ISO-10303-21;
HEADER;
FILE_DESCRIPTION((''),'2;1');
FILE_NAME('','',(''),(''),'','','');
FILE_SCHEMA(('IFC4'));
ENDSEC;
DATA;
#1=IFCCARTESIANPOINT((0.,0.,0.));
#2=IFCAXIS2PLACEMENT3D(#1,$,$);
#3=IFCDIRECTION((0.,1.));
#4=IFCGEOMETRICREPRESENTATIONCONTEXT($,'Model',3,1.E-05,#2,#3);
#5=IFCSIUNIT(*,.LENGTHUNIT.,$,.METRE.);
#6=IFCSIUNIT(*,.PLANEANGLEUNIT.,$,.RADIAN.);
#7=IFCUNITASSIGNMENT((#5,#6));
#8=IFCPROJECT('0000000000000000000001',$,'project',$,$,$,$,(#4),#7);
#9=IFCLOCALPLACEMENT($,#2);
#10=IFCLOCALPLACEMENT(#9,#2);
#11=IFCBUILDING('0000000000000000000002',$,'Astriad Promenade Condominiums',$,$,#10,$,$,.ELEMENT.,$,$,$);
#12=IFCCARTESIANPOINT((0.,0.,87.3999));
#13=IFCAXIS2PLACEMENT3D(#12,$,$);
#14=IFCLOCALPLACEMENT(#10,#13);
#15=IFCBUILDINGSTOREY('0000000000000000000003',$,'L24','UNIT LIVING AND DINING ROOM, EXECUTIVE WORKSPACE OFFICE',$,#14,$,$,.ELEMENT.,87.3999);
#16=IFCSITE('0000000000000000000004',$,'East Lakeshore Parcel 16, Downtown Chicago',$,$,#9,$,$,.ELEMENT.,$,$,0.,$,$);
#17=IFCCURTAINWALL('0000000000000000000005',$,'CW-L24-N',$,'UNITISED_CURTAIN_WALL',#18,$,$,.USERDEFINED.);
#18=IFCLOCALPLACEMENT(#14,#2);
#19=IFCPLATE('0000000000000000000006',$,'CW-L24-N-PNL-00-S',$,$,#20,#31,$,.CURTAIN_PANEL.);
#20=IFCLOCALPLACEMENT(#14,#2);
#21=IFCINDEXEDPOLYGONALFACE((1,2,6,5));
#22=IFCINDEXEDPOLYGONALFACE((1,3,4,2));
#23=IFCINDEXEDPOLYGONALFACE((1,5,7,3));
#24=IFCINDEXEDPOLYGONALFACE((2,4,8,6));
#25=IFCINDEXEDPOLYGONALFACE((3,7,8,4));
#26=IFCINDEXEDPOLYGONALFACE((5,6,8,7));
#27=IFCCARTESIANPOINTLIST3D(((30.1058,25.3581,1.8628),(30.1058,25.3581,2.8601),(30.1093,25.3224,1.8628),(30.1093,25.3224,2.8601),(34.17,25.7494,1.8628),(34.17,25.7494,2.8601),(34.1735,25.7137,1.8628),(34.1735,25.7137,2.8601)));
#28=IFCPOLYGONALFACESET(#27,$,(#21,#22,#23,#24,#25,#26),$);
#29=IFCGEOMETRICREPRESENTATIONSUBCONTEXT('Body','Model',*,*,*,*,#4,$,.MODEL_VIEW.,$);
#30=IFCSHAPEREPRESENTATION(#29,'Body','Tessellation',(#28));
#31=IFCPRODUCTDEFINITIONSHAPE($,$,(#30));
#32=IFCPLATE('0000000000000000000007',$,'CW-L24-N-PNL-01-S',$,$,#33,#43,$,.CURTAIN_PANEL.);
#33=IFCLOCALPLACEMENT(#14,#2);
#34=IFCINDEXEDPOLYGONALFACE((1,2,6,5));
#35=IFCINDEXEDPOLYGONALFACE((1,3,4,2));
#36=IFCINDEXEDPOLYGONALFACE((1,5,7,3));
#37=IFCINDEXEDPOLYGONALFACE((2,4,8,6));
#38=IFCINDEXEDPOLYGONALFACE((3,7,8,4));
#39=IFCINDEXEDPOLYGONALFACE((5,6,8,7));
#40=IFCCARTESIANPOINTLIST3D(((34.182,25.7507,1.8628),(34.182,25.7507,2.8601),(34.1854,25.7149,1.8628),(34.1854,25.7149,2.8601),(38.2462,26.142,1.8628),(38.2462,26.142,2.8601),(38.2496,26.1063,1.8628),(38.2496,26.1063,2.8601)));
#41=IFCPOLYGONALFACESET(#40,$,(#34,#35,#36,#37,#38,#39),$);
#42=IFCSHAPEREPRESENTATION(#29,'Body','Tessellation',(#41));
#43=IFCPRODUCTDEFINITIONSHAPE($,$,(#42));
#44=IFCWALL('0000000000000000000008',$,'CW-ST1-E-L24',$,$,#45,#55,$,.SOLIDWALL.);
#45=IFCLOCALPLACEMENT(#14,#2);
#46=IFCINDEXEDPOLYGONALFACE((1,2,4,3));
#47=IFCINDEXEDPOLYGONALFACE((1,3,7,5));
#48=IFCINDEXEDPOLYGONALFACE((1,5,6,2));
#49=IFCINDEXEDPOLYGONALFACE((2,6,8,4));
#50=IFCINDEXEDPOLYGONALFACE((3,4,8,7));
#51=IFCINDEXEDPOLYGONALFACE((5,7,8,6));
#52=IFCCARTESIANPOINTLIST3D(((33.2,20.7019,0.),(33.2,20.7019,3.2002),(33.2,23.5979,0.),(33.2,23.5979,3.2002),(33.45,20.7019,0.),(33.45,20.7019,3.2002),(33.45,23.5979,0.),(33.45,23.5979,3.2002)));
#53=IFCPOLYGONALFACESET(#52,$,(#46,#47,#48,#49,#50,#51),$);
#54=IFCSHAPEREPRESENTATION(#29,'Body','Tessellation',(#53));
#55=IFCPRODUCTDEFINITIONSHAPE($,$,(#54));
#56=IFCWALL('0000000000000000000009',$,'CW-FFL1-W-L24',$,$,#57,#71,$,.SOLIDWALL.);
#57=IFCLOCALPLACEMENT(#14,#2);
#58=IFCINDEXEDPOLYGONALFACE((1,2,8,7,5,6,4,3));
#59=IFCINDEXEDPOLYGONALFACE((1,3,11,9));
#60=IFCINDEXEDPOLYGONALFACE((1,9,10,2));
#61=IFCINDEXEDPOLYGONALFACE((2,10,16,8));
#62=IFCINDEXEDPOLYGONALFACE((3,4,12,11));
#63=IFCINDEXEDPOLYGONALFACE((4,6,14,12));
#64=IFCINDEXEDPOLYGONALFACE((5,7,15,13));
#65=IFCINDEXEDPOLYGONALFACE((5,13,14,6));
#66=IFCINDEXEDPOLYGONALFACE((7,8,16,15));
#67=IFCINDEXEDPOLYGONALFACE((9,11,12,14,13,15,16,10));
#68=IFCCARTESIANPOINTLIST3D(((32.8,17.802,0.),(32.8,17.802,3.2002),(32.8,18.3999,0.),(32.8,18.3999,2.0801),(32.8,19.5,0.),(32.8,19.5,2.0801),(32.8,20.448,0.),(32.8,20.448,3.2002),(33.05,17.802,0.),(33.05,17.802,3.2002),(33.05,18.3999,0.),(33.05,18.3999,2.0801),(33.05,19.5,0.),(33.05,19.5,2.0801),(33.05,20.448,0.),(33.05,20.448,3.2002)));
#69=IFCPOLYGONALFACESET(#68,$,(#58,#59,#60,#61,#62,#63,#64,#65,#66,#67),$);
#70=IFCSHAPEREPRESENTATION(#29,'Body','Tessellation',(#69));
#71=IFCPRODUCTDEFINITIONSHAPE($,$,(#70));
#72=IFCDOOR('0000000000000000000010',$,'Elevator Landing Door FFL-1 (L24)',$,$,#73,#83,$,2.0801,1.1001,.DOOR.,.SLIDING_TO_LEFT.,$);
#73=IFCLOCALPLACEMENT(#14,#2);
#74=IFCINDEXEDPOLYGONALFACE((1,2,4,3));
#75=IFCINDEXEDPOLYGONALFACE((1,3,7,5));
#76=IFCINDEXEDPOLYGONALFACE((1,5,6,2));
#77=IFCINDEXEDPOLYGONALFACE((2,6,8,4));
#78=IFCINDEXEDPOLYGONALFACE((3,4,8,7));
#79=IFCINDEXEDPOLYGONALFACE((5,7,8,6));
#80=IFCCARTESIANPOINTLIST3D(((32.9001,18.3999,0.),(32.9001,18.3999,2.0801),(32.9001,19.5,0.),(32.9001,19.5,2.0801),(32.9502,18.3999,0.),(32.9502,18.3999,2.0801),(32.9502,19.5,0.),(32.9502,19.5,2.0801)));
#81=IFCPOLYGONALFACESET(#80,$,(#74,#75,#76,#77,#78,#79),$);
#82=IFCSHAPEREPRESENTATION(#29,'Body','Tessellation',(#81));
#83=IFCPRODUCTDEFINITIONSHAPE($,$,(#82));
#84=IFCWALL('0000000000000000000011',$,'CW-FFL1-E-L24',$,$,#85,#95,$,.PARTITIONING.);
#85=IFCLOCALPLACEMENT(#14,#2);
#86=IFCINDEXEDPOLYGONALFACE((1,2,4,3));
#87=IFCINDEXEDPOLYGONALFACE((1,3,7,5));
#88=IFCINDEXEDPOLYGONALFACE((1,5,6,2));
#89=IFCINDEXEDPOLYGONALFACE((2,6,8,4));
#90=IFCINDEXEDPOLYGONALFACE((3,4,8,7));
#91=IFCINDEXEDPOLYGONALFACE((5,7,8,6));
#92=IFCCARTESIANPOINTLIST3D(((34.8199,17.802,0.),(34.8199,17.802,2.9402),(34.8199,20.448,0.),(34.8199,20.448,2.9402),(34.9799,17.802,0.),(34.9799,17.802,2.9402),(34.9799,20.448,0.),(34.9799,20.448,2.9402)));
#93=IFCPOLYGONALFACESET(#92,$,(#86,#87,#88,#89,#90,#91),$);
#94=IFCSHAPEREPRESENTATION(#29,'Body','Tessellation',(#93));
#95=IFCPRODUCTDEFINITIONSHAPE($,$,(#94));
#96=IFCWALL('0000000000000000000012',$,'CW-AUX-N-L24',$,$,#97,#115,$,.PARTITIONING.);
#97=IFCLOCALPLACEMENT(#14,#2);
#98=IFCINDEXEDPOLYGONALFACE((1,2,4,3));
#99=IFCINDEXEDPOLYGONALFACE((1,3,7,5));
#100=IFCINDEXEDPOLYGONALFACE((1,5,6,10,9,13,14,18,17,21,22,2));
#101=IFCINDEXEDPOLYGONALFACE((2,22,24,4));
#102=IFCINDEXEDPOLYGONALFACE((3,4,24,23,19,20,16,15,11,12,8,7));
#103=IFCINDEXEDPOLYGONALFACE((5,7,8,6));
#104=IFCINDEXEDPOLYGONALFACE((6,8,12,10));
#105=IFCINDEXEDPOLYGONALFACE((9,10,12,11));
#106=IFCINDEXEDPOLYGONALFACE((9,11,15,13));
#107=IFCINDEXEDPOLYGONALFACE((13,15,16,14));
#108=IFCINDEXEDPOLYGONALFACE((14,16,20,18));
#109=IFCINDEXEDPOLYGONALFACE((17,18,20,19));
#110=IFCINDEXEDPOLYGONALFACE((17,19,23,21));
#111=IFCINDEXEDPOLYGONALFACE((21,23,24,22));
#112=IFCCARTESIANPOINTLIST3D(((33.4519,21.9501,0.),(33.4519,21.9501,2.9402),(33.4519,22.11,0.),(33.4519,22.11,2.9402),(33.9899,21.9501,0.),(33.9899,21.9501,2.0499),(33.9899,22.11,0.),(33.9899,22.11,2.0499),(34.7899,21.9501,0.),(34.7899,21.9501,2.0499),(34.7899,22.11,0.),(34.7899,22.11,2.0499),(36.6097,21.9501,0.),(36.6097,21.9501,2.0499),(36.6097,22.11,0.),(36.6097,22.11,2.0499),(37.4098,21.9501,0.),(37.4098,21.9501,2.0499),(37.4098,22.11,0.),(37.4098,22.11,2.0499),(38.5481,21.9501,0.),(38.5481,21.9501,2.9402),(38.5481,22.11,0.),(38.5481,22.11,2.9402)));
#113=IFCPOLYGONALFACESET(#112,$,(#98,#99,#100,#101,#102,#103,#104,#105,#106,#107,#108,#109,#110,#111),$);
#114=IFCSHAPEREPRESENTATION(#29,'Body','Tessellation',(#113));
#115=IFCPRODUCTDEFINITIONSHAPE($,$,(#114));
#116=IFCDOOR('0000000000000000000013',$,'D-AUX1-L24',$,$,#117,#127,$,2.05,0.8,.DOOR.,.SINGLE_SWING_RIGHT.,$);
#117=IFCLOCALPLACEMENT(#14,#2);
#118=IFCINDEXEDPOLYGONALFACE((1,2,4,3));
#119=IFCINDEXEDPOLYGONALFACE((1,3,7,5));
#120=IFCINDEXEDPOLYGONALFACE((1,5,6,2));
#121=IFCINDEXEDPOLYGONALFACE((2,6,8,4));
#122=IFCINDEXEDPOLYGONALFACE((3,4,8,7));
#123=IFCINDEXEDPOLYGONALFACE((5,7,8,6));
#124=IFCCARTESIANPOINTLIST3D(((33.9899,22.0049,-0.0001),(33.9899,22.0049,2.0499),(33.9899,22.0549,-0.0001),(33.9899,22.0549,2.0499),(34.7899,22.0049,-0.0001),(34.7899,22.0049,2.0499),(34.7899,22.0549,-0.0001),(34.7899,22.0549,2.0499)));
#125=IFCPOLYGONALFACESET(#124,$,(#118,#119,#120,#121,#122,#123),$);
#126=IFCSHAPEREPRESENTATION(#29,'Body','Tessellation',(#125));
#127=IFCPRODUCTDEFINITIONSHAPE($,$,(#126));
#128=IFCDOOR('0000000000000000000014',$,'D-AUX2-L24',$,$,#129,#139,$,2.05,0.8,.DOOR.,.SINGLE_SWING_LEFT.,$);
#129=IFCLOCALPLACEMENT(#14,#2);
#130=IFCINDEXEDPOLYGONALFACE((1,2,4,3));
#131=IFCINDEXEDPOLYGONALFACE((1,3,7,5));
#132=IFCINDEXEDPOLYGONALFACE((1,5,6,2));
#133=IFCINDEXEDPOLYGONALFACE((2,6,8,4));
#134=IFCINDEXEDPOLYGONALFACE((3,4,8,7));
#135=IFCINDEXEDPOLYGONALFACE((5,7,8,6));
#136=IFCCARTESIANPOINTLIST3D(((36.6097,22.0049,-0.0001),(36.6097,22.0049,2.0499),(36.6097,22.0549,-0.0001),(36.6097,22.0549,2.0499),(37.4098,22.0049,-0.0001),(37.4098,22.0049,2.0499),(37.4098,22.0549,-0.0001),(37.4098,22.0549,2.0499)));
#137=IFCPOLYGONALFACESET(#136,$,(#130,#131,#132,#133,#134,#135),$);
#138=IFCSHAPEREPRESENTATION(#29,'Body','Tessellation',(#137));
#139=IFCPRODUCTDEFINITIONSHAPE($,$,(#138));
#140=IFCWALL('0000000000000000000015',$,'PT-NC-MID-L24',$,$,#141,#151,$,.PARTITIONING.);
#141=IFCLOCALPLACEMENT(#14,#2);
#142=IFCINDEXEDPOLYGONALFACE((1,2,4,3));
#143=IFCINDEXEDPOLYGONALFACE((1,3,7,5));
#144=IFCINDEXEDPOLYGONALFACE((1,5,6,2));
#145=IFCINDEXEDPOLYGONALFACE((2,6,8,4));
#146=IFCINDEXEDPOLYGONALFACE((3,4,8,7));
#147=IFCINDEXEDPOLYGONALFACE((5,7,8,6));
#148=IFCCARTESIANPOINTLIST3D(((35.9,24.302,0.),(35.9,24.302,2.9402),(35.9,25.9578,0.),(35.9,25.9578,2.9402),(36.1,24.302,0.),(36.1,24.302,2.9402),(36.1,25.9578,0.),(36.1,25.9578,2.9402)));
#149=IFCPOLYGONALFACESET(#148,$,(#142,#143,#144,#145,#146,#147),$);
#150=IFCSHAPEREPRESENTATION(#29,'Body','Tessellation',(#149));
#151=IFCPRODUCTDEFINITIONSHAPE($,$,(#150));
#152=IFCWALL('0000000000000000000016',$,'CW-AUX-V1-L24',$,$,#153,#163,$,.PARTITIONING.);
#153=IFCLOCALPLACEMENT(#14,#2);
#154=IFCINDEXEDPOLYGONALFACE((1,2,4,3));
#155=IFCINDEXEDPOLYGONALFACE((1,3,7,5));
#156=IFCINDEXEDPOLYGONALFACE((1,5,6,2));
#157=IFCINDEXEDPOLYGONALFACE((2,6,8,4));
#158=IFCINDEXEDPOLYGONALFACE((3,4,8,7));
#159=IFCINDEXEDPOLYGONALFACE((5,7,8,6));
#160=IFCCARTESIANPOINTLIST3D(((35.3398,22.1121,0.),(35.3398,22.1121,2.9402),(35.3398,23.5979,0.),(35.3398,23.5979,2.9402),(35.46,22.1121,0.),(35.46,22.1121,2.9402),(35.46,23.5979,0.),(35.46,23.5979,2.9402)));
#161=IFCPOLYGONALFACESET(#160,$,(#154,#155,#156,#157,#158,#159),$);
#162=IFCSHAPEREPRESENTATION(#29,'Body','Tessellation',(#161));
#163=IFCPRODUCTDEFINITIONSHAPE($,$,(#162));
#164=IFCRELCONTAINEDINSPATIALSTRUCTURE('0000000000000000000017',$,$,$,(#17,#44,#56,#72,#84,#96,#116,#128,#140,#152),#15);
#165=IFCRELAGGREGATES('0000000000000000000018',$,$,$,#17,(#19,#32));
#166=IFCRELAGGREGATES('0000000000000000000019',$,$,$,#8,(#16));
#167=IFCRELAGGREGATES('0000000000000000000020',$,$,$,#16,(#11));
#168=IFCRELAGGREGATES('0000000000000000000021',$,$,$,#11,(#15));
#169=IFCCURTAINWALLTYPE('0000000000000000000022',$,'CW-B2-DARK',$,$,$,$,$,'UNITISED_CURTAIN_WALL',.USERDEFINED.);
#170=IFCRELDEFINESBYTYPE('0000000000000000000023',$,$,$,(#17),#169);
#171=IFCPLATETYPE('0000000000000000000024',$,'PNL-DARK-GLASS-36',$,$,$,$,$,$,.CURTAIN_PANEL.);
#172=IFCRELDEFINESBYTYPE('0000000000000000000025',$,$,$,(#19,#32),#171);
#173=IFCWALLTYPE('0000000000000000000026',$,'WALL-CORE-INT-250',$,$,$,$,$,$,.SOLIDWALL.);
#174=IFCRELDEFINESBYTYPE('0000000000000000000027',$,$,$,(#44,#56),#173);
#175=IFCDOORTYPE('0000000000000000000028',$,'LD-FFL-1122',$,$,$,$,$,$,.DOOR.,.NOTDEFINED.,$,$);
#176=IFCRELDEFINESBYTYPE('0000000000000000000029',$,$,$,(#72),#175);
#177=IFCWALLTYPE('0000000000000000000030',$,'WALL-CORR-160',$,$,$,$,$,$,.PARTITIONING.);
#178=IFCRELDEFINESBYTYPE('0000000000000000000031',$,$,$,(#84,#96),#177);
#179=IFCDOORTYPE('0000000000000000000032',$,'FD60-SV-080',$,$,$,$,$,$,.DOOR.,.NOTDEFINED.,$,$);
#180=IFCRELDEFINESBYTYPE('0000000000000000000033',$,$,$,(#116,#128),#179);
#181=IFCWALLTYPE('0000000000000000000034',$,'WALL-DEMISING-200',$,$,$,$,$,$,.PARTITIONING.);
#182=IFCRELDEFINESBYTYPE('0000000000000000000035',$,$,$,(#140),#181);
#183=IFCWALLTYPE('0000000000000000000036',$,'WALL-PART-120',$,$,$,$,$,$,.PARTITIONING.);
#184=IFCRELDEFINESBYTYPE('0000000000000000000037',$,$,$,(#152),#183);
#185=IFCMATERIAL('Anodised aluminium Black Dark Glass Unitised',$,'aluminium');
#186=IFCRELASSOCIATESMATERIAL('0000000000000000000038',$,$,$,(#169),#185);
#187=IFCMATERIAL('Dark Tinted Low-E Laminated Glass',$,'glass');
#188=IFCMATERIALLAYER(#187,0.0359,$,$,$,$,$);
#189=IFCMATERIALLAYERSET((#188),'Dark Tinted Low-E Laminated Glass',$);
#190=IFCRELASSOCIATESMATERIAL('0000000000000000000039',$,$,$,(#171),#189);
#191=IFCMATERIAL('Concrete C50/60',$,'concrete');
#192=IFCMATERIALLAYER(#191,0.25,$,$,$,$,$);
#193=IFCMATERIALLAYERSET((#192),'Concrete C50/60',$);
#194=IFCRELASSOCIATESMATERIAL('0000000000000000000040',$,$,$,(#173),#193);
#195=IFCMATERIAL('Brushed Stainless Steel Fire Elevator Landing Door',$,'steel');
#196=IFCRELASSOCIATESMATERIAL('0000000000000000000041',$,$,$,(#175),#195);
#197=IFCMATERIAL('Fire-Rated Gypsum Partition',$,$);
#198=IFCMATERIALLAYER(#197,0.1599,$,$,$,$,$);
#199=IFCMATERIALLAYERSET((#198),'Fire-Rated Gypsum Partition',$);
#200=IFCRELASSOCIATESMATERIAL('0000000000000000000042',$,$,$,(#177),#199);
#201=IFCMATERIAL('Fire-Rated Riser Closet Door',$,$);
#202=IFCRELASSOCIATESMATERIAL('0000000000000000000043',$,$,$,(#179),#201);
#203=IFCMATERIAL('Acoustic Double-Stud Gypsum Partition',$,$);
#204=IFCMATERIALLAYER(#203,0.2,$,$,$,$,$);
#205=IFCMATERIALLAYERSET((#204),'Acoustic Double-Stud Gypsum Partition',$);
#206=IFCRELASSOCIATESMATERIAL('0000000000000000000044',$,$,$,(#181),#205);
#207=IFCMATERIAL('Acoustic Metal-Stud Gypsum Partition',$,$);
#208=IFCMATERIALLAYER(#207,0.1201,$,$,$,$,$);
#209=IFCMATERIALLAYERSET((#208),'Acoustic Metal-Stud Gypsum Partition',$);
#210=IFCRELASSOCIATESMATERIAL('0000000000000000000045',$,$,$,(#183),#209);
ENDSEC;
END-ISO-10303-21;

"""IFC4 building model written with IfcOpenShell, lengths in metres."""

from ifc_helpers import new_model, si_unit, direction, frame, frame_2d, origin, origin_2d, place, context, subcontext, project, spatial, rectangle, extrude, source, transform, mapped, material, layer, layer_set, type_object, type_shapes, element, fill, aggregate, save


model = new_model("IFC4")

# Units and contexts
model_context = context("Model", 3, precision=1e-05, world=origin(), true_north=direction((0.0, 1.0)))
body_context = subcontext(model_context, "Body", "Model", "MODEL_VIEW")
ifc_project = project(units=[si_unit("LENGTHUNIT", "METRE"), si_unit("PLANEANGLEUNIT", "RADIAN")], contexts=[model_context])

# Site, building, storey
site_placement = place(None, origin())
site = spatial("IfcSite", under=ifc_project, at=site_placement, Name="East Lakeshore Parcel 16, Downtown Chicago", CompositionType="ELEMENT", RefElevation=0.0)
building_placement = place(site_placement, origin())
building = spatial("IfcBuilding", under=site, at=building_placement, Name="Astriad Promenade Condominiums", CompositionType="ELEMENT")
storey_placement = place(building_placement, frame((0.0, 0.0, 87.3999)))
storey = spatial("IfcBuildingStorey", under=building, at=storey_placement, Name="L24", Description="UNIT LIVING AND DINING ROOM, EXECUTIVE WORKSPACE OFFICE", CompositionType="ELEMENT", Elevation=87.3999)

# Curtain wall, plates
ifc_material_1 = material(Name="Anodised aluminium Black Dark Glass Unitised", Category="aluminium")
curtain_wall_type = type_object("IfcCurtainWallType", Name="CW-B2-DARK", ElementType="UNITISED_CURTAIN_WALL", PredefinedType="USERDEFINED", material=ifc_material_1)
curtain_wall_placement = place(storey_placement, origin())
curtain_wall = element("IfcCurtainWall", 1, at=curtain_wall_placement, inside=storey, type_object=curtain_wall_type, Name="CW-L24-N", ObjectType="UNITISED_CURTAIN_WALL", PredefinedType="USERDEFINED")
ifc_material_2 = material(Name="Dark Tinted Low-E Laminated Glass", Category="glass")
ifc_layer_1 = layer(ifc_material_2, 0.0359)
ifc_layer_set_1 = layer_set([ifc_layer_1], Name="Dark Tinted Low-E Laminated Glass")
plate_type = type_object("IfcPlateType", Name="PNL-DARK-GLASS-36", PredefinedType="CURTAIN_PANEL", material=ifc_layer_set_1)
shared_shape_1 = source(origin(), body_context, "Body", "SweptSolid", [
    extrude(rectangle(XDim=4.083, YDim=0.0359, at=origin_2d()), origin(), (0.0, 0.0, 1.0), 0.9973),
])
plate_1_placement = place(storey_placement, frame((32.1396, 25.5359, 1.8628), z_axis=(0.0, 0.0, 1.0), x_axis=(0.995396, 0.095846, 0.0)))
plate_1 = element("IfcPlate", 2, at=plate_1_placement, type_object=plate_type, Name="CW-L24-N-PNL-00-S", PredefinedType="CURTAIN_PANEL", context=body_context, shape_type="MappedRepresentation", body=[
    mapped(shared_shape_1, transform((0.0, 0.0, 0.0), scale=1.0)),
])
plate_2_placement = place(storey_placement, frame((36.2158, 25.9285, 1.8628), z_axis=(0.0, 0.0, 1.0), x_axis=(0.995396, 0.095846, 0.0)))
plate_2 = element("IfcPlate", 3, at=plate_2_placement, type_object=plate_type, Name="CW-L24-N-PNL-01-S", PredefinedType="CURTAIN_PANEL", context=body_context, shape_type="MappedRepresentation", body=[
    mapped(shared_shape_1, transform((0.0, 0.0, 0.0), scale=1.0)),
])
aggregate(curtain_wall, [plate_1, plate_2])

# Wall
ifc_material_3 = material(Name="Concrete C50/60", Category="concrete")
ifc_layer_2 = layer(ifc_material_3, 0.25)
ifc_layer_set_2 = layer_set([ifc_layer_2], Name="Concrete C50/60")
wall_type_1 = type_object("IfcWallType", Name="WALL-CORE-INT-250", PredefinedType="SOLIDWALL", material=ifc_layer_set_2)
wall_1_placement = place(storey_placement, frame((33.325, 20.7019, 0.0), z_axis=(0.0, 0.0, 1.0), x_axis=(0.0, 1.0, 0.0)))
element("IfcWall", 4, at=wall_1_placement, inside=storey, type_object=wall_type_1, Name="CW-ST1-E-L24", PredefinedType="SOLIDWALL", context=body_context, shape_type="SweptSolid", body=[
    extrude(rectangle(XDim=2.896, YDim=0.25, at=frame_2d((1.448, 0.0))), origin(), (0.0, 0.0, 1.0), 3.2002),
])

# Wall, opening, door
wall_2_placement = place(storey_placement, frame((32.925, 17.802, 0.0), z_axis=(0.0, 0.0, 1.0), x_axis=(0.0, 1.0, 0.0)))
wall_2 = element("IfcWall", 5, at=wall_2_placement, inside=storey, type_object=wall_type_1, Name="CW-FFL1-W-L24", PredefinedType="SOLIDWALL", context=body_context, shape_type="SweptSolid", body=[
    extrude(rectangle(XDim=2.646, YDim=0.25, at=frame_2d((1.323, 0.0))), origin(), (0.0, 0.0, 1.0), 3.2002),
])
opening_1_placement = place(wall_2_placement, frame((0.5979, 0.0, 0.0)))
opening_1 = element("IfcOpeningElement", 6, at=opening_1_placement, cuts=wall_2, PredefinedType="OPENING", context=body_context, shape_type="SweptSolid", body=[
    extrude(rectangle(XDim=1.1001, YDim=2.0801, at=frame_2d((0.55, 1.04))), frame((0.0, 0.135, 0.0), z_axis=(0.0, -1.0, 0.0), x_axis=(1.0, 0.0, 0.0)), (0.0, 0.0, 1.0), 0.27),
])
ifc_material_4 = material(Name="Brushed Stainless Steel Fire Elevator Landing Door", Category="steel")
door_type_1 = type_object("IfcDoorType", Name="LD-FFL-1122", OperationType="NOTDEFINED", PredefinedType="DOOR", material=ifc_material_4)
shared_shape_2 = source(origin(), body_context, "Body", "SweptSolid", [
    extrude(rectangle(XDim=1.1001, YDim=2.0801, at=frame_2d((0.55, 1.04))), frame((0.0, 0.0249, 0.0), z_axis=(0.0, -1.0, 0.0), x_axis=(1.0, 0.0, 0.0)), (0.0, 0.0, 1.0), 0.05),
])
type_shapes(door_type_1, [shared_shape_2])
door_1_placement = place(opening_1_placement, origin())
door_1 = element("IfcDoor", 7, at=door_1_placement, inside=storey, type_object=door_type_1, Name="Elevator Landing Door FFL-1 (L24)", OperationType="SLIDING_TO_LEFT", OverallHeight=2.0801, OverallWidth=1.1001, PredefinedType="DOOR", context=body_context, shape_type="MappedRepresentation", body=[
    mapped(shared_shape_2, transform((0.0, 0.0, 0.0), scale=1.0)),
])
fill(opening_1, door_1)

# Wall
ifc_material_5 = material(Name="Fire-Rated Gypsum Partition")
ifc_layer_3 = layer(ifc_material_5, 0.1599)
ifc_layer_set_3 = layer_set([ifc_layer_3], Name="Fire-Rated Gypsum Partition")
wall_type_2 = type_object("IfcWallType", Name="WALL-CORR-160", PredefinedType="PARTITIONING", material=ifc_layer_set_3)
wall_3_placement = place(storey_placement, frame((34.8999, 17.802, 0.0), z_axis=(0.0, 0.0, 1.0), x_axis=(0.0, 1.0, 0.0)))
element("IfcWall", 8, at=wall_3_placement, inside=storey, type_object=wall_type_2, Name="CW-FFL1-E-L24", PredefinedType="PARTITIONING", context=body_context, shape_type="SweptSolid", body=[
    extrude(rectangle(XDim=2.646, YDim=0.1599, at=frame_2d((1.323, 0.0))), origin(), (0.0, 0.0, 1.0), 2.9402),
])

# Wall, openings, doors
wall_4_placement = place(storey_placement, frame((33.4519, 22.03, 0.0), z_axis=(0.0, 0.0, 1.0), x_axis=(1.0, 0.0, 0.0)))
wall_4 = element("IfcWall", 9, at=wall_4_placement, inside=storey, type_object=wall_type_2, Name="CW-AUX-N-L24", PredefinedType="PARTITIONING", context=body_context, shape_type="SweptSolid", body=[
    extrude(rectangle(XDim=5.0962, YDim=0.1599, at=frame_2d((2.5481, 0.0))), origin(), (0.0, 0.0, 1.0), 2.9402),
])
opening_2_placement = place(wall_4_placement, frame((0.5381, 0.0, 0.0)))
opening_2 = element("IfcOpeningElement", 10, at=opening_2_placement, cuts=wall_4, PredefinedType="OPENING", context=body_context, shape_type="SweptSolid", body=[
    extrude(rectangle(XDim=0.8, YDim=2.05, at=frame_2d((0.3999, 1.0249))), frame((0.0, 0.0898, 0.0), z_axis=(0.0, -1.0, 0.0), x_axis=(1.0, 0.0, 0.0)), (0.0, 0.0, 1.0), 0.1799),
])
opening_3_placement = place(wall_4_placement, frame((3.158, 0.0, 0.0)))
opening_3 = element("IfcOpeningElement", 11, at=opening_3_placement, cuts=wall_4, PredefinedType="OPENING", context=body_context, shape_type="SweptSolid", body=[
    extrude(rectangle(XDim=0.8, YDim=2.05, at=frame_2d((0.3999, 1.0249))), frame((0.0, 0.0898, 0.0), z_axis=(0.0, -1.0, 0.0), x_axis=(1.0, 0.0, 0.0)), (0.0, 0.0, 1.0), 0.1799),
])
ifc_material_6 = material(Name="Fire-Rated Riser Closet Door")
door_type_2 = type_object("IfcDoorType", Name="FD60-SV-080", OperationType="NOTDEFINED", PredefinedType="DOOR", material=ifc_material_6)
shared_shape_3 = source(origin(), body_context, "Body", "SweptSolid", [
    extrude(rectangle(XDim=0.8, YDim=2.05, at=frame_2d((0.3999, 1.0249))), frame((0.0, 0.0249, 0.0), z_axis=(0.0, -1.0, 0.0), x_axis=(1.0, 0.0, 0.0)), (0.0, 0.0, 1.0), 0.05),
])
type_shapes(door_type_2, [shared_shape_3])
door_2_placement = place(opening_2_placement, origin())
door_2 = element("IfcDoor", 12, at=door_2_placement, inside=storey, type_object=door_type_2, Name="D-AUX1-L24", OperationType="SINGLE_SWING_RIGHT", OverallHeight=2.05, OverallWidth=0.8, PredefinedType="DOOR", context=body_context, shape_type="MappedRepresentation", body=[
    mapped(shared_shape_3, transform((0.0, 0.0, 0.0), scale=1.0)),
])
fill(opening_2, door_2)
door_3_placement = place(opening_3_placement, origin())
door_3 = element("IfcDoor", 13, at=door_3_placement, inside=storey, type_object=door_type_2, Name="D-AUX2-L24", OperationType="SINGLE_SWING_LEFT", OverallHeight=2.05, OverallWidth=0.8, PredefinedType="DOOR", context=body_context, shape_type="MappedRepresentation", body=[
    mapped(shared_shape_3, transform((0.0, 0.0, 0.0), scale=1.0)),
])
fill(opening_3, door_3)

# Walls
ifc_material_7 = material(Name="Acoustic Double-Stud Gypsum Partition")
ifc_layer_4 = layer(ifc_material_7, 0.2)
ifc_layer_set_4 = layer_set([ifc_layer_4], Name="Acoustic Double-Stud Gypsum Partition")
wall_type_3 = type_object("IfcWallType", Name="WALL-DEMISING-200", PredefinedType="PARTITIONING", material=ifc_layer_set_4)
wall_5_placement = place(storey_placement, frame((36.0, 24.302, 0.0), z_axis=(0.0, 0.0, 1.0), x_axis=(0.0, 1.0, 0.0)))
element("IfcWall", 14, at=wall_5_placement, inside=storey, type_object=wall_type_3, Name="PT-NC-MID-L24", PredefinedType="PARTITIONING", context=body_context, shape_type="SweptSolid", body=[
    extrude(rectangle(XDim=1.6558, YDim=0.2, at=frame_2d((0.8279, 0.0))), origin(), (0.0, 0.0, 1.0), 2.9402),
])
ifc_material_8 = material(Name="Acoustic Metal-Stud Gypsum Partition")
ifc_layer_5 = layer(ifc_material_8, 0.1201)
ifc_layer_set_5 = layer_set([ifc_layer_5], Name="Acoustic Metal-Stud Gypsum Partition")
wall_type_4 = type_object("IfcWallType", Name="WALL-PART-120", PredefinedType="PARTITIONING", material=ifc_layer_set_5)
wall_6_placement = place(storey_placement, frame((35.3999, 22.1121, 0.0), z_axis=(0.0, 0.0, 1.0), x_axis=(0.0, 1.0, 0.0)))
element("IfcWall", 15, at=wall_6_placement, inside=storey, type_object=wall_type_4, Name="CW-AUX-V1-L24", PredefinedType="PARTITIONING", context=body_context, shape_type="SweptSolid", body=[
    extrude(rectangle(XDim=1.4858, YDim=0.1201, at=frame_2d((0.7429, 0.0))), origin(), (0.0, 0.0, 1.0), 2.9402),
])

save(model, "model.ifc")
